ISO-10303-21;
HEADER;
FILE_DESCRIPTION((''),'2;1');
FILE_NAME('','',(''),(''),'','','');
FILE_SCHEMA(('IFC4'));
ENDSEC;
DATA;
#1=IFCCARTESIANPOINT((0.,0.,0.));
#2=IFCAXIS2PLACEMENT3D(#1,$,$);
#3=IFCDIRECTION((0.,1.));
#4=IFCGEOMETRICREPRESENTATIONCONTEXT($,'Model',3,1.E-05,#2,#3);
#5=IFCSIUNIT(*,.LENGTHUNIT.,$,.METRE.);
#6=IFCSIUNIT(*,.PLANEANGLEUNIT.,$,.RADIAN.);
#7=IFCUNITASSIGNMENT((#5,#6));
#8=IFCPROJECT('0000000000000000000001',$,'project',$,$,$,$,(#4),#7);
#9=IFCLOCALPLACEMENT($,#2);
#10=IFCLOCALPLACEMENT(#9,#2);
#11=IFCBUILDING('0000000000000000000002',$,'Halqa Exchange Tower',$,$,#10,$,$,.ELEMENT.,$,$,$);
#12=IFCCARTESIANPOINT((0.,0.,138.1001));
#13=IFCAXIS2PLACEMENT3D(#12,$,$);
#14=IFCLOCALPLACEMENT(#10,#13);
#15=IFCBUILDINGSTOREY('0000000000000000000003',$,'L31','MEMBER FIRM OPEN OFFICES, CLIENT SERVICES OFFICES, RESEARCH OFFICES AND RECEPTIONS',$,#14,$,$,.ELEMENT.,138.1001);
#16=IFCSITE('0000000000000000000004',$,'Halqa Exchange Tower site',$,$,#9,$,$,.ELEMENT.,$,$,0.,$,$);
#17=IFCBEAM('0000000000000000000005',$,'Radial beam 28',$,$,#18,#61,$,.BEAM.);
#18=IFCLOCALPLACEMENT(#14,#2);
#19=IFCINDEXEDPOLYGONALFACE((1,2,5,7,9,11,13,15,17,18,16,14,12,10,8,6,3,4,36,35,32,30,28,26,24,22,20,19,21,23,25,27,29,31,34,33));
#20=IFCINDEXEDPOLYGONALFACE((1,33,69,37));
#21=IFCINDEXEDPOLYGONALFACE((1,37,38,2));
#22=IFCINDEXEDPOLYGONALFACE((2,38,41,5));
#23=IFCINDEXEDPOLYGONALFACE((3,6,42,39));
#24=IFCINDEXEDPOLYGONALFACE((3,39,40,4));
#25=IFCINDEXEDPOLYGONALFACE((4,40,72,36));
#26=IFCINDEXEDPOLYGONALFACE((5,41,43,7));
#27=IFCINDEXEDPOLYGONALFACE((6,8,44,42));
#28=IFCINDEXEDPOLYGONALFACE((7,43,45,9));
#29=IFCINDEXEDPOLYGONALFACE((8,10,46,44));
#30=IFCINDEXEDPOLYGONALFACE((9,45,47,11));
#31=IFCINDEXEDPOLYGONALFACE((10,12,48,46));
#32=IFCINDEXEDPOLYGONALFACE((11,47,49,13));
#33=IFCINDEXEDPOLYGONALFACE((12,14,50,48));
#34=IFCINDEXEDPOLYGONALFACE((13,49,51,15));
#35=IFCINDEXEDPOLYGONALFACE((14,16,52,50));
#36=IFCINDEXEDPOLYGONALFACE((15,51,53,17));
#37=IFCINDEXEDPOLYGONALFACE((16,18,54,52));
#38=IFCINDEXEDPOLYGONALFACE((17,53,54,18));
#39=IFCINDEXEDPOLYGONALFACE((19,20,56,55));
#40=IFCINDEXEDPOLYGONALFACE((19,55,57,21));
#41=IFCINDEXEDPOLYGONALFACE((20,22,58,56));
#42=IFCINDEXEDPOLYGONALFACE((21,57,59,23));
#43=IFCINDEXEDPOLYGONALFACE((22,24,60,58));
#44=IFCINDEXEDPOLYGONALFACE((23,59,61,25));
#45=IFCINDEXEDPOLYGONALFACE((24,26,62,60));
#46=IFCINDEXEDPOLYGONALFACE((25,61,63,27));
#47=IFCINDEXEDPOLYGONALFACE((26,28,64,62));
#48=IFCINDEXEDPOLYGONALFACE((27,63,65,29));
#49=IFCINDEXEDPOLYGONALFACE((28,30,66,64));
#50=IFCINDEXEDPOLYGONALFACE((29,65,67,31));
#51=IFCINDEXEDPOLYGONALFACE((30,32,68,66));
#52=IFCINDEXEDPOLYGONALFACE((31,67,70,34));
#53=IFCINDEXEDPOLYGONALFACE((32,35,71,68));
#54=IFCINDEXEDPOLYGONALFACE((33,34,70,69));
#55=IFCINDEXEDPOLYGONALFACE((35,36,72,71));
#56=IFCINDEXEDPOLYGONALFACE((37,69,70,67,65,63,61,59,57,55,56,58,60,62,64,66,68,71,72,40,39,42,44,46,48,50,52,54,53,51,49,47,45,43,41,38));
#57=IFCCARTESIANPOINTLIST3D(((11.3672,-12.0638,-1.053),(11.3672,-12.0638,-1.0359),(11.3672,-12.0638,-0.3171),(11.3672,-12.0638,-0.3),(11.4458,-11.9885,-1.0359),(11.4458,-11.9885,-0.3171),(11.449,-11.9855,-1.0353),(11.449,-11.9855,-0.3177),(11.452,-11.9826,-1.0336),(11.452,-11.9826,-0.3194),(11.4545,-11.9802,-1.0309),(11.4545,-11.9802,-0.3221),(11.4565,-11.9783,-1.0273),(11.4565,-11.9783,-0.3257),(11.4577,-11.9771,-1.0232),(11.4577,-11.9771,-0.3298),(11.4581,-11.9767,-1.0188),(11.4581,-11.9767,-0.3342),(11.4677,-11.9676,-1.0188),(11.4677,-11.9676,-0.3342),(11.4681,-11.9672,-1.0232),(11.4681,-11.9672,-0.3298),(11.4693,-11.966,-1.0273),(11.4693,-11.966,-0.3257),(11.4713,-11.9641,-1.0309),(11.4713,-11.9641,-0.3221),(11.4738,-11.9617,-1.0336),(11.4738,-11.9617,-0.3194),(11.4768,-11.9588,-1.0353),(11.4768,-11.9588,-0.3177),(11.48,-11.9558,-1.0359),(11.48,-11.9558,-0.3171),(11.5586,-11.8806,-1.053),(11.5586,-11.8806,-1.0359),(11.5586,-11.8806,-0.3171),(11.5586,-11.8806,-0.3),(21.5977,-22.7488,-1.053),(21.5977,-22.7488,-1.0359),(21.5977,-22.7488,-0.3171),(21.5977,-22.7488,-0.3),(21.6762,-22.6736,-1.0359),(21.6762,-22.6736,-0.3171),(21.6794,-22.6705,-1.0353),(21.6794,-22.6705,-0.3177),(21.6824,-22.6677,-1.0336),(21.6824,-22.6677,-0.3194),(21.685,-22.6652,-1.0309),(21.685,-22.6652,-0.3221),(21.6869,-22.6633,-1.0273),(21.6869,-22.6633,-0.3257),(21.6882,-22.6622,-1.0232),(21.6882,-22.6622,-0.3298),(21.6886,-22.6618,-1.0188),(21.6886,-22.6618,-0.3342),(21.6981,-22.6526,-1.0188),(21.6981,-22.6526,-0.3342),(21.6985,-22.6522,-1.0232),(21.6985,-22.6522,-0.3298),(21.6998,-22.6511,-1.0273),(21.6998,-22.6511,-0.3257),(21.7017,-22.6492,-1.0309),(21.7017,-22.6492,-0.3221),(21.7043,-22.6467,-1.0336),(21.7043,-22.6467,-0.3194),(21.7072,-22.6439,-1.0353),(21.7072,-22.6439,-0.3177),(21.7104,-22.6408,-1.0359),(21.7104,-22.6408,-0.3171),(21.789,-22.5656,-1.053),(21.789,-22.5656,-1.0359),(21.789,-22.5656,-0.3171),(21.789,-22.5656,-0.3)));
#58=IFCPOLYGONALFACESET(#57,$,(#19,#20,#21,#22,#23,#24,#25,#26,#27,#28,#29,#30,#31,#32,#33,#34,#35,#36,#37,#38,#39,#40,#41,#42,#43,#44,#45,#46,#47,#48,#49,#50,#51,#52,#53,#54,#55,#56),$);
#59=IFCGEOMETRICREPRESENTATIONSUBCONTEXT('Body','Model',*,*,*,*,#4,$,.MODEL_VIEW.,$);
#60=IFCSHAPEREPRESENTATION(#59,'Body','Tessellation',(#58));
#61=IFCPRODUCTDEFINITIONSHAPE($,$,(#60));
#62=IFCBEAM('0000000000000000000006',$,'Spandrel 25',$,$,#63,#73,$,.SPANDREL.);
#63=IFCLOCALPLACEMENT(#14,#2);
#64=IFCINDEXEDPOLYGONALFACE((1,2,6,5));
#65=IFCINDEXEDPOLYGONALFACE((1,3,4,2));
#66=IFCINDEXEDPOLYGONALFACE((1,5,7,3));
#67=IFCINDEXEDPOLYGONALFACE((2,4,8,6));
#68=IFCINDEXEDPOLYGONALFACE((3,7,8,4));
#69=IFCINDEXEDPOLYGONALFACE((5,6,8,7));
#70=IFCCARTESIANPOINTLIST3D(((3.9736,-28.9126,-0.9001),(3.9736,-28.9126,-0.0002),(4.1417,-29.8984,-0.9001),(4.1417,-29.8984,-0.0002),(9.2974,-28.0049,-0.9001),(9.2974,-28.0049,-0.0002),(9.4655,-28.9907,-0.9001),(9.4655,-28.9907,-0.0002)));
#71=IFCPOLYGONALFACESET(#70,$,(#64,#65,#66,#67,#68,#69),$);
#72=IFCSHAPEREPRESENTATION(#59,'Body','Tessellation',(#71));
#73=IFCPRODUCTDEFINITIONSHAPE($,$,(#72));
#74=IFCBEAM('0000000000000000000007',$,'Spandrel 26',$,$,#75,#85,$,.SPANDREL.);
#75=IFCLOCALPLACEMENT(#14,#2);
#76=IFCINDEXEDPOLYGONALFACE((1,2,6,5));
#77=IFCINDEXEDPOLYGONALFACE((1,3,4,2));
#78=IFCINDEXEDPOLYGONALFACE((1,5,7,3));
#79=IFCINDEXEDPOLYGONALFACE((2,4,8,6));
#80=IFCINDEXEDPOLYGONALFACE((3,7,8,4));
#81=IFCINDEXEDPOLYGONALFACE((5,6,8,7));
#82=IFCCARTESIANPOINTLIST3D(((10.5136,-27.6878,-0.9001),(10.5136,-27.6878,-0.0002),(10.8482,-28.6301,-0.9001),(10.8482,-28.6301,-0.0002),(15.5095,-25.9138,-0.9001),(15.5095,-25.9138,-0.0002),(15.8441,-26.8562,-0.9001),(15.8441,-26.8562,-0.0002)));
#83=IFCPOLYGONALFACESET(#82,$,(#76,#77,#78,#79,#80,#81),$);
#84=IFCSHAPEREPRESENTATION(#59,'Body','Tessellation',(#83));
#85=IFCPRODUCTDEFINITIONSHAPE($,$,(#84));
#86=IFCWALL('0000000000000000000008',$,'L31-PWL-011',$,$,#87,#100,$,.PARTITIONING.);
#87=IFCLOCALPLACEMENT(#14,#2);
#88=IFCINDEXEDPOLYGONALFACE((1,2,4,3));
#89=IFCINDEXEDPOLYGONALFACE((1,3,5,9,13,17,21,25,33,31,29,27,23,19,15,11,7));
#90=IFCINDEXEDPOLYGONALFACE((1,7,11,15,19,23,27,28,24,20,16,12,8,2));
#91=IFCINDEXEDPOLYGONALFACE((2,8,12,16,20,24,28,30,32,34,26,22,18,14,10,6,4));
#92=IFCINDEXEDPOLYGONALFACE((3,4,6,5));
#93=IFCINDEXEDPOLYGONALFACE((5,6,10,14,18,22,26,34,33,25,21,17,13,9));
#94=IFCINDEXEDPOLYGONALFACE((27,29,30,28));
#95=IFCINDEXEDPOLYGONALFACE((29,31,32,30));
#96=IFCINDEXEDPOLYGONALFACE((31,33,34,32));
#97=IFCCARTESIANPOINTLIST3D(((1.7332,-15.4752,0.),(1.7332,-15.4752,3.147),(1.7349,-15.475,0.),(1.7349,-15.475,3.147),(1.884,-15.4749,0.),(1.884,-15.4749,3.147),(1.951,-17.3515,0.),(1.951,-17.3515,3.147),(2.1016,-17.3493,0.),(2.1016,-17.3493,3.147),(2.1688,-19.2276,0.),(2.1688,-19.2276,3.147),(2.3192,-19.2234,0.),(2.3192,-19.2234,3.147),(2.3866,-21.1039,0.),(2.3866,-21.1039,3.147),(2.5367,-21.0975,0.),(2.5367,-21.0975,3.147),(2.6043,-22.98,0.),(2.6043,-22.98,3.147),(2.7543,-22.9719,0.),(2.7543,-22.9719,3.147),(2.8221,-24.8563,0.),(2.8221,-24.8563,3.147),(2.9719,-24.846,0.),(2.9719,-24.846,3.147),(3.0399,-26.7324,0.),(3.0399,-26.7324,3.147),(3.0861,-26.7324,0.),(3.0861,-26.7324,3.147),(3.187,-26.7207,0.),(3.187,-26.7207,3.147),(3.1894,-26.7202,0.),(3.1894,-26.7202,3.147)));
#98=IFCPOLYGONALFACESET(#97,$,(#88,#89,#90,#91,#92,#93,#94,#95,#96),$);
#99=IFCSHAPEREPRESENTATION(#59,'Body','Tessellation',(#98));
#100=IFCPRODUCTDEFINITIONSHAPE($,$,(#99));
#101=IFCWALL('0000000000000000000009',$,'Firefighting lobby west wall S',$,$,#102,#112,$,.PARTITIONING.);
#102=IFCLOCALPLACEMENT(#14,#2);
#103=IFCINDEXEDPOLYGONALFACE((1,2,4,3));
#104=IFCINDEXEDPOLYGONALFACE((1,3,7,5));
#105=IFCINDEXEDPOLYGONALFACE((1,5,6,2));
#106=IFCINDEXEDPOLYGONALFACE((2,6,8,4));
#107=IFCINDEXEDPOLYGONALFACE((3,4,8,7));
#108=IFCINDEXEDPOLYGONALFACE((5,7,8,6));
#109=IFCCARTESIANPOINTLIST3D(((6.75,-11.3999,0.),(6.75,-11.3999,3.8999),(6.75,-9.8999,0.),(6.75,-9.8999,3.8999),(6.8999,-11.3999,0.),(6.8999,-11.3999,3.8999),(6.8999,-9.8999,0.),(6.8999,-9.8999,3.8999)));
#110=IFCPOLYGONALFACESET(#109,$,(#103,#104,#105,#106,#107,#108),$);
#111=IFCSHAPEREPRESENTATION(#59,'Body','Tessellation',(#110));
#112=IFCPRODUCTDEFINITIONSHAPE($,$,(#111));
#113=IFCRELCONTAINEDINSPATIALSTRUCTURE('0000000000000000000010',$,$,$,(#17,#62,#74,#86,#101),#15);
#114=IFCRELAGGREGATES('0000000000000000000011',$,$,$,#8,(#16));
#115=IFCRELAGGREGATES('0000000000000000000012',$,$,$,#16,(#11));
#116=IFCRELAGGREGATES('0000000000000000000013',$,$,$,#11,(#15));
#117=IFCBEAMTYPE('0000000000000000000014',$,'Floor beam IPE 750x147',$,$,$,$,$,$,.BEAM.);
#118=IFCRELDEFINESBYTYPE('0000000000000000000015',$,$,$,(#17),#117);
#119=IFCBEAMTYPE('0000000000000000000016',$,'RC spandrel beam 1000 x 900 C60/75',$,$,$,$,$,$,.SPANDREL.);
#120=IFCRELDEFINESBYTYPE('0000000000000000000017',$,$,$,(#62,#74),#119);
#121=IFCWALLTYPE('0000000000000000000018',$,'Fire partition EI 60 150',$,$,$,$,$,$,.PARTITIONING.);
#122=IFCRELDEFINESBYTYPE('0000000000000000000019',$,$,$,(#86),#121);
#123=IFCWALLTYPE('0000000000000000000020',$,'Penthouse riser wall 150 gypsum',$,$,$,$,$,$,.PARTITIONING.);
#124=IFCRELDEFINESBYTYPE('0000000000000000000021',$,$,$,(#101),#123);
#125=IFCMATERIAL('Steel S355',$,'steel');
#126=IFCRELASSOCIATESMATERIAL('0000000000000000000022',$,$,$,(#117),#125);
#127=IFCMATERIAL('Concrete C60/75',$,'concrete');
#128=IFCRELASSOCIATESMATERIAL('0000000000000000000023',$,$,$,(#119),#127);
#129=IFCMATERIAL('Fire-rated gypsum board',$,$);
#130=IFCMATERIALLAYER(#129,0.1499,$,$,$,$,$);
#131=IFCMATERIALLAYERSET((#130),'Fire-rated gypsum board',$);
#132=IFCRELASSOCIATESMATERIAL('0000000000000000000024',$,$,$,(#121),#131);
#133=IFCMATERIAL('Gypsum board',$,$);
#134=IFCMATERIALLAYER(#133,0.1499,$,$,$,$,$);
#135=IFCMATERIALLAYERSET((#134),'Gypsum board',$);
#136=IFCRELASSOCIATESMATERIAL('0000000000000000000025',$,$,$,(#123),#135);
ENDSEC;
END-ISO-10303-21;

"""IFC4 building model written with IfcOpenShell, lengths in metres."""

from ifc_helpers import new_model, si_unit, direction, frame, frame_2d, origin, origin_2d, place, context, subcontext, project, spatial, polyline, rectangle, i_section, outline, extrude, material, layer, layer_set, material_profile, profile_set, type_object, element, save


model = new_model("IFC4")

# Units and contexts
model_context = context("Model", 3, precision=1e-05, world=origin(), true_north=direction((0.0, 1.0)))
body_context = subcontext(model_context, "Body", "Model", "MODEL_VIEW")
ifc_project = project(units=[si_unit("LENGTHUNIT", "METRE"), si_unit("PLANEANGLEUNIT", "RADIAN")], contexts=[model_context])

# Site, building, storey
site_placement = place(None, origin())
site = spatial("IfcSite", under=ifc_project, at=site_placement, Name="Halqa Exchange Tower site", CompositionType="ELEMENT", RefElevation=0.0)
building_placement = place(site_placement, origin())
building = spatial("IfcBuilding", under=site, at=building_placement, Name="Halqa Exchange Tower", CompositionType="ELEMENT")
storey_placement = place(building_placement, frame((0.0, 0.0, 138.1001)))
storey = spatial("IfcBuildingStorey", under=building, at=storey_placement, Name="L31", Description="MEMBER FIRM OPEN OFFICES, CLIENT SERVICES OFFICES, RESEARCH OFFICES AND RECEPTIONS", CompositionType="ELEMENT", Elevation=138.1001)

# Beams
ifc_material_1 = material(Name="Steel S355", Category="steel")
ifc_material_profile_1 = material_profile(ifc_material_1, i_section(OverallWidth=0.2649, OverallDepth=0.7529, WebThickness=0.0132, FlangeThickness=0.0171, FilletRadius=0.0171, at=origin_2d()), Name="IPE 750x147")
ifc_profile_set_1 = profile_set([ifc_material_profile_1], Name="Steel S355")
beam_type_1 = type_object("IfcBeamType", Name="Floor beam IPE 750x147", PredefinedType="BEAM", material=ifc_profile_set_1)
beam_1_placement = place(storey_placement, frame((11.4629, -11.9722, -0.6765), z_axis=(0.691575, -0.722305, 0.0), x_axis=(0.722305, 0.691575, 0.0)))
element("IfcBeam", 1, at=beam_1_placement, inside=storey, type_object=beam_type_1, Name="Radial beam 28", PredefinedType="BEAM", context=body_context, shape_type="SweptSolid", body=[
    extrude(i_section(OverallWidth=0.2649, OverallDepth=0.7529, WebThickness=0.0132, FlangeThickness=0.0171, FilletRadius=0.0171, at=origin_2d()), origin(), (0.0, 0.0, 1.0), 14.793),
])
ifc_material_2 = material(Name="Concrete C60/75", Category="concrete")
ifc_material_profile_2 = material_profile(ifc_material_2, rectangle(XDim=1.0, YDim=0.8999, at=origin_2d()), Name="1000 x 900")
ifc_profile_set_2 = profile_set([ifc_material_profile_2], Name="Concrete C60/75")
beam_type_2 = type_object("IfcBeamType", Name="RC spandrel beam 1000 x 900 C60/75", PredefinedType="SPANDREL", material=ifc_profile_set_2)
beam_2_placement = place(storey_placement, frame((4.0576, -29.4055, -0.4502), z_axis=(0.985774, 0.168078, 0.0), x_axis=(-0.168078, 0.985774, 0.0)))
element("IfcBeam", 2, at=beam_2_placement, inside=storey, type_object=beam_type_2, Name="Spandrel 25", PredefinedType="SPANDREL", context=body_context, shape_type="SweptSolid", body=[
    extrude(rectangle(XDim=1.0, YDim=0.8999, at=origin_2d()), origin(), (0.0, 0.0, 1.0), 5.4006),
])
beam_3_placement = place(storey_placement, frame((10.6809, -28.1589, -0.4502), z_axis=(0.942356, 0.334612, 0.0), x_axis=(-0.334612, 0.942356, 0.0)))
element("IfcBeam", 3, at=beam_3_placement, inside=storey, type_object=beam_type_2, Name="Spandrel 26", PredefinedType="SPANDREL", context=body_context, shape_type="SweptSolid", body=[
    extrude(rectangle(XDim=1.0, YDim=0.8999, at=origin_2d()), origin(), (0.0, 0.0, 1.0), 5.3015),
])

# Walls
ifc_material_3 = material(Name="Fire-rated gypsum board")
ifc_layer_1 = layer(ifc_material_3, 0.1499)
ifc_layer_set_1 = layer_set([ifc_layer_1], Name="Fire-rated gypsum board")
wall_type_1 = type_object("IfcWallType", Name="Fire partition EI 60 150", PredefinedType="PARTITIONING", material=ifc_layer_set_1)
wall_1_placement = place(storey_placement, frame((1.8076, -15.4666, 0.0), z_axis=(0.0, 0.0, 1.0), x_axis=(0.115308, -0.99333, 0.0)))
element("IfcWall", 4, at=wall_1_placement, inside=storey, type_object=wall_type_1, Name="L31-PWL-011", PredefinedType="PARTITIONING", context=body_context, shape_type="SweptSolid", body=[
    extrude(outline(polyline([(0.0, -0.075), (1.8889, -0.075), (3.7776, -0.075), (5.6665, -0.075), (7.5552, -0.075), (9.4441, -0.075), (11.3328, -0.075), (11.3381, -0.0291), (11.3381, 0.0725), (11.3379, 0.075), (9.4512, 0.075), (7.5645, 0.075), (5.6775, 0.075), (3.7908, 0.075), (1.9041, 0.075), (0.0171, 0.075), (0.0, -0.0732), (0.0, -0.075)])), origin(), (0.0, 0.0, 1.0), 3.147),
])
ifc_material_4 = material(Name="Gypsum board")
ifc_layer_2 = layer(ifc_material_4, 0.1499)
ifc_layer_set_2 = layer_set([ifc_layer_2], Name="Gypsum board")
wall_type_2 = type_object("IfcWallType", Name="Penthouse riser wall 150 gypsum", PredefinedType="PARTITIONING", material=ifc_layer_set_2)
wall_2_placement = place(storey_placement, frame((6.825, -11.3999, 0.0), z_axis=(0.0, 0.0, 1.0), x_axis=(0.0, 1.0, 0.0)))
element("IfcWall", 5, at=wall_2_placement, inside=storey, type_object=wall_type_2, Name="Firefighting lobby west wall S", PredefinedType="PARTITIONING", context=body_context, shape_type="SweptSolid", body=[
    extrude(rectangle(XDim=1.5, YDim=0.1499, at=frame_2d((0.75, 0.0))), origin(), (0.0, 0.0, 1.0), 3.8999),
])

save(model, "model.ifc")
